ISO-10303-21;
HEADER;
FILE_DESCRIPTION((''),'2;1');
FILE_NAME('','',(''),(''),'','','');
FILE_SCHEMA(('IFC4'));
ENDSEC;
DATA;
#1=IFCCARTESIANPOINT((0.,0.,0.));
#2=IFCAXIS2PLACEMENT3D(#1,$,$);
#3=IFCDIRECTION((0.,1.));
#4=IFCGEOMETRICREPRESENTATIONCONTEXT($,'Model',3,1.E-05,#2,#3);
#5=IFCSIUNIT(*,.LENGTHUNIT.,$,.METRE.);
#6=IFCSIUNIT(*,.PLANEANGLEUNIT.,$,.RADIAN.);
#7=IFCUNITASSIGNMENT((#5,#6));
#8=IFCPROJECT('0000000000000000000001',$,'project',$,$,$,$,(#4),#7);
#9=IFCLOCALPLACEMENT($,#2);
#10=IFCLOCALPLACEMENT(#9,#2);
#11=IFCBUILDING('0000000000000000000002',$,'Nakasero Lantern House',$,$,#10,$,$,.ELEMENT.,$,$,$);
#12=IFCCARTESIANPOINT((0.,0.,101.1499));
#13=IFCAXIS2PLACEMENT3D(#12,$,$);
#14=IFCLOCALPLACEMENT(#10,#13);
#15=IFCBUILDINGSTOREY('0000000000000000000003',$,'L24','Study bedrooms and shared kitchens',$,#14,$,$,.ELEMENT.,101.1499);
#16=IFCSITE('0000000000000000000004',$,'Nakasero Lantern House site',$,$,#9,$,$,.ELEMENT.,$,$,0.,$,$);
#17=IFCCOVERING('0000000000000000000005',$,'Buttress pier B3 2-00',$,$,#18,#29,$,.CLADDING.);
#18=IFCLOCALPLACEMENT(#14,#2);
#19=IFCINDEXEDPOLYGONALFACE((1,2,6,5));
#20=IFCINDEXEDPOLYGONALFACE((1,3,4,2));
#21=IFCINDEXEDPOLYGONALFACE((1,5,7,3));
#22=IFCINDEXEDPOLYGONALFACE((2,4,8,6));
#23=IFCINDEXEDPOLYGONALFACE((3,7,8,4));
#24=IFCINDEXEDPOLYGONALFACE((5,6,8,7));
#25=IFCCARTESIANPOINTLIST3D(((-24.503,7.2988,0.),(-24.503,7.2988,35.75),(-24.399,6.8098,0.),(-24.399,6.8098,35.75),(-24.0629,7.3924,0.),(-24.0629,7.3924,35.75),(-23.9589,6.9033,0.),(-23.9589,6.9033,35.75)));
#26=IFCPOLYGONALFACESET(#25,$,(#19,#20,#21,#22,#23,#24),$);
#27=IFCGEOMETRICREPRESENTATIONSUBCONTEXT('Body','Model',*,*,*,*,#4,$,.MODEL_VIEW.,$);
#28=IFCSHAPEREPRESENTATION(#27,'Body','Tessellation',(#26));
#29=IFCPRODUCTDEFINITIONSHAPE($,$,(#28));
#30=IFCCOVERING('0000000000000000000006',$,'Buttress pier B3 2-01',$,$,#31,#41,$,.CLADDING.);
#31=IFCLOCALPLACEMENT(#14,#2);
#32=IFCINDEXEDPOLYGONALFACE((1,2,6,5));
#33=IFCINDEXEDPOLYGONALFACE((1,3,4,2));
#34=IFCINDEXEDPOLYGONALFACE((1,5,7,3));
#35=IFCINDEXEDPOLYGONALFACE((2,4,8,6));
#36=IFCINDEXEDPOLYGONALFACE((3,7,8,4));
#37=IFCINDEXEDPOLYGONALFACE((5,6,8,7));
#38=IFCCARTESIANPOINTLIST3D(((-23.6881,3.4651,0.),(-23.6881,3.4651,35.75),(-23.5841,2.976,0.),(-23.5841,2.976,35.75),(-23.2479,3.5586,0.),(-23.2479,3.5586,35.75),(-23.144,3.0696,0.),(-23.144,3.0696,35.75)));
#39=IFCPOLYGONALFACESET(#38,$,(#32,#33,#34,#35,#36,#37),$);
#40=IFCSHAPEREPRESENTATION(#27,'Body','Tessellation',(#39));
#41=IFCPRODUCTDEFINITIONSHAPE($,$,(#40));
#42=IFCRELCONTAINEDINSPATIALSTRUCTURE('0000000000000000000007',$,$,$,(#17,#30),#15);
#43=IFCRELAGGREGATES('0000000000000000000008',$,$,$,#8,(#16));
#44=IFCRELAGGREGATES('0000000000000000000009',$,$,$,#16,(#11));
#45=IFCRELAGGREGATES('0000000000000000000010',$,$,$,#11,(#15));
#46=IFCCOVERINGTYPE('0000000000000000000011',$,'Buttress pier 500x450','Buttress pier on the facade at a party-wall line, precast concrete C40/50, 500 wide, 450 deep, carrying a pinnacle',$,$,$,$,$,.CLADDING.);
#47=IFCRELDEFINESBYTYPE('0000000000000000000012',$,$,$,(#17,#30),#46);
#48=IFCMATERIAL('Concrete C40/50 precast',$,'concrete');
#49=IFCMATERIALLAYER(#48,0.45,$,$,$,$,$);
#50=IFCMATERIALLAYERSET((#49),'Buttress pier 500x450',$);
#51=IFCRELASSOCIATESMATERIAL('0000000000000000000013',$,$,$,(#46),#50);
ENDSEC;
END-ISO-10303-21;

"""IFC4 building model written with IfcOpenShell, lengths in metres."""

from ifc_helpers import new_model, si_unit, direction, frame, origin, origin_2d, place, context, subcontext, project, spatial, rectangle, extrude, material, layer, layer_set, type_object, element, save


model = new_model("IFC4")

# Units and contexts
model_context = context("Model", 3, precision=1e-05, world=origin(), true_north=direction((0.0, 1.0)))
body_context = subcontext(model_context, "Body", "Model", "MODEL_VIEW")
ifc_project = project(units=[si_unit("LENGTHUNIT", "METRE"), si_unit("PLANEANGLEUNIT", "RADIAN")], contexts=[model_context])

# Site, building, storey
site_placement = place(None, origin())
site = spatial("IfcSite", under=ifc_project, at=site_placement, Name="Nakasero Lantern House site", CompositionType="ELEMENT", RefElevation=0.0)
building_placement = place(site_placement, origin())
building = spatial("IfcBuilding", under=site, at=building_placement, Name="Nakasero Lantern House", CompositionType="ELEMENT")
storey_placement = place(building_placement, frame((0.0, 0.0, 101.1499)))
storey = spatial("IfcBuildingStorey", under=building, at=storey_placement, Name="L24", Description="Study bedrooms and shared kitchens", CompositionType="ELEMENT", Elevation=101.1499)

# Coverings
ifc_material_1 = material(Name="Concrete C40/50 precast", Category="concrete")
ifc_layer_1 = layer(ifc_material_1, 0.45)
ifc_layer_set_1 = layer_set([ifc_layer_1], Name="Buttress pier 500x450")
covering_type = type_object("IfcCoveringType", Name="Buttress pier 500x450", Description="Buttress pier on the facade at a party-wall line, precast concrete C40/50, 500 wide, 450 deep, carrying a pinnacle", PredefinedType="CLADDING", material=ifc_layer_set_1)
for number, where, z_axis, x_axis, name in (
    (1, (-24.231, 7.1011, 0.0), (0.0, 0.0, 1.0), (-0.978148, -0.207912, 0.0), "Buttress pier B3 2-00"),
    (2, (-23.416, 3.2673, 0.0), (0.0, 0.0, 1.0), (-0.978148, -0.207912, 0.0), "Buttress pier B3 2-01"),
):
    element("IfcCovering", number, at=place(storey_placement, frame(where, z_axis=z_axis, x_axis=x_axis)), inside=storey, type_object=covering_type, Name=name, PredefinedType="CLADDING", context=body_context, shape_type="SweptSolid", body=[
        extrude(rectangle(XDim=0.45, YDim=0.5, at=origin_2d()), origin(), (0.0, 0.0, 1.0), 35.75),
    ])

save(model, "model.ifc")
